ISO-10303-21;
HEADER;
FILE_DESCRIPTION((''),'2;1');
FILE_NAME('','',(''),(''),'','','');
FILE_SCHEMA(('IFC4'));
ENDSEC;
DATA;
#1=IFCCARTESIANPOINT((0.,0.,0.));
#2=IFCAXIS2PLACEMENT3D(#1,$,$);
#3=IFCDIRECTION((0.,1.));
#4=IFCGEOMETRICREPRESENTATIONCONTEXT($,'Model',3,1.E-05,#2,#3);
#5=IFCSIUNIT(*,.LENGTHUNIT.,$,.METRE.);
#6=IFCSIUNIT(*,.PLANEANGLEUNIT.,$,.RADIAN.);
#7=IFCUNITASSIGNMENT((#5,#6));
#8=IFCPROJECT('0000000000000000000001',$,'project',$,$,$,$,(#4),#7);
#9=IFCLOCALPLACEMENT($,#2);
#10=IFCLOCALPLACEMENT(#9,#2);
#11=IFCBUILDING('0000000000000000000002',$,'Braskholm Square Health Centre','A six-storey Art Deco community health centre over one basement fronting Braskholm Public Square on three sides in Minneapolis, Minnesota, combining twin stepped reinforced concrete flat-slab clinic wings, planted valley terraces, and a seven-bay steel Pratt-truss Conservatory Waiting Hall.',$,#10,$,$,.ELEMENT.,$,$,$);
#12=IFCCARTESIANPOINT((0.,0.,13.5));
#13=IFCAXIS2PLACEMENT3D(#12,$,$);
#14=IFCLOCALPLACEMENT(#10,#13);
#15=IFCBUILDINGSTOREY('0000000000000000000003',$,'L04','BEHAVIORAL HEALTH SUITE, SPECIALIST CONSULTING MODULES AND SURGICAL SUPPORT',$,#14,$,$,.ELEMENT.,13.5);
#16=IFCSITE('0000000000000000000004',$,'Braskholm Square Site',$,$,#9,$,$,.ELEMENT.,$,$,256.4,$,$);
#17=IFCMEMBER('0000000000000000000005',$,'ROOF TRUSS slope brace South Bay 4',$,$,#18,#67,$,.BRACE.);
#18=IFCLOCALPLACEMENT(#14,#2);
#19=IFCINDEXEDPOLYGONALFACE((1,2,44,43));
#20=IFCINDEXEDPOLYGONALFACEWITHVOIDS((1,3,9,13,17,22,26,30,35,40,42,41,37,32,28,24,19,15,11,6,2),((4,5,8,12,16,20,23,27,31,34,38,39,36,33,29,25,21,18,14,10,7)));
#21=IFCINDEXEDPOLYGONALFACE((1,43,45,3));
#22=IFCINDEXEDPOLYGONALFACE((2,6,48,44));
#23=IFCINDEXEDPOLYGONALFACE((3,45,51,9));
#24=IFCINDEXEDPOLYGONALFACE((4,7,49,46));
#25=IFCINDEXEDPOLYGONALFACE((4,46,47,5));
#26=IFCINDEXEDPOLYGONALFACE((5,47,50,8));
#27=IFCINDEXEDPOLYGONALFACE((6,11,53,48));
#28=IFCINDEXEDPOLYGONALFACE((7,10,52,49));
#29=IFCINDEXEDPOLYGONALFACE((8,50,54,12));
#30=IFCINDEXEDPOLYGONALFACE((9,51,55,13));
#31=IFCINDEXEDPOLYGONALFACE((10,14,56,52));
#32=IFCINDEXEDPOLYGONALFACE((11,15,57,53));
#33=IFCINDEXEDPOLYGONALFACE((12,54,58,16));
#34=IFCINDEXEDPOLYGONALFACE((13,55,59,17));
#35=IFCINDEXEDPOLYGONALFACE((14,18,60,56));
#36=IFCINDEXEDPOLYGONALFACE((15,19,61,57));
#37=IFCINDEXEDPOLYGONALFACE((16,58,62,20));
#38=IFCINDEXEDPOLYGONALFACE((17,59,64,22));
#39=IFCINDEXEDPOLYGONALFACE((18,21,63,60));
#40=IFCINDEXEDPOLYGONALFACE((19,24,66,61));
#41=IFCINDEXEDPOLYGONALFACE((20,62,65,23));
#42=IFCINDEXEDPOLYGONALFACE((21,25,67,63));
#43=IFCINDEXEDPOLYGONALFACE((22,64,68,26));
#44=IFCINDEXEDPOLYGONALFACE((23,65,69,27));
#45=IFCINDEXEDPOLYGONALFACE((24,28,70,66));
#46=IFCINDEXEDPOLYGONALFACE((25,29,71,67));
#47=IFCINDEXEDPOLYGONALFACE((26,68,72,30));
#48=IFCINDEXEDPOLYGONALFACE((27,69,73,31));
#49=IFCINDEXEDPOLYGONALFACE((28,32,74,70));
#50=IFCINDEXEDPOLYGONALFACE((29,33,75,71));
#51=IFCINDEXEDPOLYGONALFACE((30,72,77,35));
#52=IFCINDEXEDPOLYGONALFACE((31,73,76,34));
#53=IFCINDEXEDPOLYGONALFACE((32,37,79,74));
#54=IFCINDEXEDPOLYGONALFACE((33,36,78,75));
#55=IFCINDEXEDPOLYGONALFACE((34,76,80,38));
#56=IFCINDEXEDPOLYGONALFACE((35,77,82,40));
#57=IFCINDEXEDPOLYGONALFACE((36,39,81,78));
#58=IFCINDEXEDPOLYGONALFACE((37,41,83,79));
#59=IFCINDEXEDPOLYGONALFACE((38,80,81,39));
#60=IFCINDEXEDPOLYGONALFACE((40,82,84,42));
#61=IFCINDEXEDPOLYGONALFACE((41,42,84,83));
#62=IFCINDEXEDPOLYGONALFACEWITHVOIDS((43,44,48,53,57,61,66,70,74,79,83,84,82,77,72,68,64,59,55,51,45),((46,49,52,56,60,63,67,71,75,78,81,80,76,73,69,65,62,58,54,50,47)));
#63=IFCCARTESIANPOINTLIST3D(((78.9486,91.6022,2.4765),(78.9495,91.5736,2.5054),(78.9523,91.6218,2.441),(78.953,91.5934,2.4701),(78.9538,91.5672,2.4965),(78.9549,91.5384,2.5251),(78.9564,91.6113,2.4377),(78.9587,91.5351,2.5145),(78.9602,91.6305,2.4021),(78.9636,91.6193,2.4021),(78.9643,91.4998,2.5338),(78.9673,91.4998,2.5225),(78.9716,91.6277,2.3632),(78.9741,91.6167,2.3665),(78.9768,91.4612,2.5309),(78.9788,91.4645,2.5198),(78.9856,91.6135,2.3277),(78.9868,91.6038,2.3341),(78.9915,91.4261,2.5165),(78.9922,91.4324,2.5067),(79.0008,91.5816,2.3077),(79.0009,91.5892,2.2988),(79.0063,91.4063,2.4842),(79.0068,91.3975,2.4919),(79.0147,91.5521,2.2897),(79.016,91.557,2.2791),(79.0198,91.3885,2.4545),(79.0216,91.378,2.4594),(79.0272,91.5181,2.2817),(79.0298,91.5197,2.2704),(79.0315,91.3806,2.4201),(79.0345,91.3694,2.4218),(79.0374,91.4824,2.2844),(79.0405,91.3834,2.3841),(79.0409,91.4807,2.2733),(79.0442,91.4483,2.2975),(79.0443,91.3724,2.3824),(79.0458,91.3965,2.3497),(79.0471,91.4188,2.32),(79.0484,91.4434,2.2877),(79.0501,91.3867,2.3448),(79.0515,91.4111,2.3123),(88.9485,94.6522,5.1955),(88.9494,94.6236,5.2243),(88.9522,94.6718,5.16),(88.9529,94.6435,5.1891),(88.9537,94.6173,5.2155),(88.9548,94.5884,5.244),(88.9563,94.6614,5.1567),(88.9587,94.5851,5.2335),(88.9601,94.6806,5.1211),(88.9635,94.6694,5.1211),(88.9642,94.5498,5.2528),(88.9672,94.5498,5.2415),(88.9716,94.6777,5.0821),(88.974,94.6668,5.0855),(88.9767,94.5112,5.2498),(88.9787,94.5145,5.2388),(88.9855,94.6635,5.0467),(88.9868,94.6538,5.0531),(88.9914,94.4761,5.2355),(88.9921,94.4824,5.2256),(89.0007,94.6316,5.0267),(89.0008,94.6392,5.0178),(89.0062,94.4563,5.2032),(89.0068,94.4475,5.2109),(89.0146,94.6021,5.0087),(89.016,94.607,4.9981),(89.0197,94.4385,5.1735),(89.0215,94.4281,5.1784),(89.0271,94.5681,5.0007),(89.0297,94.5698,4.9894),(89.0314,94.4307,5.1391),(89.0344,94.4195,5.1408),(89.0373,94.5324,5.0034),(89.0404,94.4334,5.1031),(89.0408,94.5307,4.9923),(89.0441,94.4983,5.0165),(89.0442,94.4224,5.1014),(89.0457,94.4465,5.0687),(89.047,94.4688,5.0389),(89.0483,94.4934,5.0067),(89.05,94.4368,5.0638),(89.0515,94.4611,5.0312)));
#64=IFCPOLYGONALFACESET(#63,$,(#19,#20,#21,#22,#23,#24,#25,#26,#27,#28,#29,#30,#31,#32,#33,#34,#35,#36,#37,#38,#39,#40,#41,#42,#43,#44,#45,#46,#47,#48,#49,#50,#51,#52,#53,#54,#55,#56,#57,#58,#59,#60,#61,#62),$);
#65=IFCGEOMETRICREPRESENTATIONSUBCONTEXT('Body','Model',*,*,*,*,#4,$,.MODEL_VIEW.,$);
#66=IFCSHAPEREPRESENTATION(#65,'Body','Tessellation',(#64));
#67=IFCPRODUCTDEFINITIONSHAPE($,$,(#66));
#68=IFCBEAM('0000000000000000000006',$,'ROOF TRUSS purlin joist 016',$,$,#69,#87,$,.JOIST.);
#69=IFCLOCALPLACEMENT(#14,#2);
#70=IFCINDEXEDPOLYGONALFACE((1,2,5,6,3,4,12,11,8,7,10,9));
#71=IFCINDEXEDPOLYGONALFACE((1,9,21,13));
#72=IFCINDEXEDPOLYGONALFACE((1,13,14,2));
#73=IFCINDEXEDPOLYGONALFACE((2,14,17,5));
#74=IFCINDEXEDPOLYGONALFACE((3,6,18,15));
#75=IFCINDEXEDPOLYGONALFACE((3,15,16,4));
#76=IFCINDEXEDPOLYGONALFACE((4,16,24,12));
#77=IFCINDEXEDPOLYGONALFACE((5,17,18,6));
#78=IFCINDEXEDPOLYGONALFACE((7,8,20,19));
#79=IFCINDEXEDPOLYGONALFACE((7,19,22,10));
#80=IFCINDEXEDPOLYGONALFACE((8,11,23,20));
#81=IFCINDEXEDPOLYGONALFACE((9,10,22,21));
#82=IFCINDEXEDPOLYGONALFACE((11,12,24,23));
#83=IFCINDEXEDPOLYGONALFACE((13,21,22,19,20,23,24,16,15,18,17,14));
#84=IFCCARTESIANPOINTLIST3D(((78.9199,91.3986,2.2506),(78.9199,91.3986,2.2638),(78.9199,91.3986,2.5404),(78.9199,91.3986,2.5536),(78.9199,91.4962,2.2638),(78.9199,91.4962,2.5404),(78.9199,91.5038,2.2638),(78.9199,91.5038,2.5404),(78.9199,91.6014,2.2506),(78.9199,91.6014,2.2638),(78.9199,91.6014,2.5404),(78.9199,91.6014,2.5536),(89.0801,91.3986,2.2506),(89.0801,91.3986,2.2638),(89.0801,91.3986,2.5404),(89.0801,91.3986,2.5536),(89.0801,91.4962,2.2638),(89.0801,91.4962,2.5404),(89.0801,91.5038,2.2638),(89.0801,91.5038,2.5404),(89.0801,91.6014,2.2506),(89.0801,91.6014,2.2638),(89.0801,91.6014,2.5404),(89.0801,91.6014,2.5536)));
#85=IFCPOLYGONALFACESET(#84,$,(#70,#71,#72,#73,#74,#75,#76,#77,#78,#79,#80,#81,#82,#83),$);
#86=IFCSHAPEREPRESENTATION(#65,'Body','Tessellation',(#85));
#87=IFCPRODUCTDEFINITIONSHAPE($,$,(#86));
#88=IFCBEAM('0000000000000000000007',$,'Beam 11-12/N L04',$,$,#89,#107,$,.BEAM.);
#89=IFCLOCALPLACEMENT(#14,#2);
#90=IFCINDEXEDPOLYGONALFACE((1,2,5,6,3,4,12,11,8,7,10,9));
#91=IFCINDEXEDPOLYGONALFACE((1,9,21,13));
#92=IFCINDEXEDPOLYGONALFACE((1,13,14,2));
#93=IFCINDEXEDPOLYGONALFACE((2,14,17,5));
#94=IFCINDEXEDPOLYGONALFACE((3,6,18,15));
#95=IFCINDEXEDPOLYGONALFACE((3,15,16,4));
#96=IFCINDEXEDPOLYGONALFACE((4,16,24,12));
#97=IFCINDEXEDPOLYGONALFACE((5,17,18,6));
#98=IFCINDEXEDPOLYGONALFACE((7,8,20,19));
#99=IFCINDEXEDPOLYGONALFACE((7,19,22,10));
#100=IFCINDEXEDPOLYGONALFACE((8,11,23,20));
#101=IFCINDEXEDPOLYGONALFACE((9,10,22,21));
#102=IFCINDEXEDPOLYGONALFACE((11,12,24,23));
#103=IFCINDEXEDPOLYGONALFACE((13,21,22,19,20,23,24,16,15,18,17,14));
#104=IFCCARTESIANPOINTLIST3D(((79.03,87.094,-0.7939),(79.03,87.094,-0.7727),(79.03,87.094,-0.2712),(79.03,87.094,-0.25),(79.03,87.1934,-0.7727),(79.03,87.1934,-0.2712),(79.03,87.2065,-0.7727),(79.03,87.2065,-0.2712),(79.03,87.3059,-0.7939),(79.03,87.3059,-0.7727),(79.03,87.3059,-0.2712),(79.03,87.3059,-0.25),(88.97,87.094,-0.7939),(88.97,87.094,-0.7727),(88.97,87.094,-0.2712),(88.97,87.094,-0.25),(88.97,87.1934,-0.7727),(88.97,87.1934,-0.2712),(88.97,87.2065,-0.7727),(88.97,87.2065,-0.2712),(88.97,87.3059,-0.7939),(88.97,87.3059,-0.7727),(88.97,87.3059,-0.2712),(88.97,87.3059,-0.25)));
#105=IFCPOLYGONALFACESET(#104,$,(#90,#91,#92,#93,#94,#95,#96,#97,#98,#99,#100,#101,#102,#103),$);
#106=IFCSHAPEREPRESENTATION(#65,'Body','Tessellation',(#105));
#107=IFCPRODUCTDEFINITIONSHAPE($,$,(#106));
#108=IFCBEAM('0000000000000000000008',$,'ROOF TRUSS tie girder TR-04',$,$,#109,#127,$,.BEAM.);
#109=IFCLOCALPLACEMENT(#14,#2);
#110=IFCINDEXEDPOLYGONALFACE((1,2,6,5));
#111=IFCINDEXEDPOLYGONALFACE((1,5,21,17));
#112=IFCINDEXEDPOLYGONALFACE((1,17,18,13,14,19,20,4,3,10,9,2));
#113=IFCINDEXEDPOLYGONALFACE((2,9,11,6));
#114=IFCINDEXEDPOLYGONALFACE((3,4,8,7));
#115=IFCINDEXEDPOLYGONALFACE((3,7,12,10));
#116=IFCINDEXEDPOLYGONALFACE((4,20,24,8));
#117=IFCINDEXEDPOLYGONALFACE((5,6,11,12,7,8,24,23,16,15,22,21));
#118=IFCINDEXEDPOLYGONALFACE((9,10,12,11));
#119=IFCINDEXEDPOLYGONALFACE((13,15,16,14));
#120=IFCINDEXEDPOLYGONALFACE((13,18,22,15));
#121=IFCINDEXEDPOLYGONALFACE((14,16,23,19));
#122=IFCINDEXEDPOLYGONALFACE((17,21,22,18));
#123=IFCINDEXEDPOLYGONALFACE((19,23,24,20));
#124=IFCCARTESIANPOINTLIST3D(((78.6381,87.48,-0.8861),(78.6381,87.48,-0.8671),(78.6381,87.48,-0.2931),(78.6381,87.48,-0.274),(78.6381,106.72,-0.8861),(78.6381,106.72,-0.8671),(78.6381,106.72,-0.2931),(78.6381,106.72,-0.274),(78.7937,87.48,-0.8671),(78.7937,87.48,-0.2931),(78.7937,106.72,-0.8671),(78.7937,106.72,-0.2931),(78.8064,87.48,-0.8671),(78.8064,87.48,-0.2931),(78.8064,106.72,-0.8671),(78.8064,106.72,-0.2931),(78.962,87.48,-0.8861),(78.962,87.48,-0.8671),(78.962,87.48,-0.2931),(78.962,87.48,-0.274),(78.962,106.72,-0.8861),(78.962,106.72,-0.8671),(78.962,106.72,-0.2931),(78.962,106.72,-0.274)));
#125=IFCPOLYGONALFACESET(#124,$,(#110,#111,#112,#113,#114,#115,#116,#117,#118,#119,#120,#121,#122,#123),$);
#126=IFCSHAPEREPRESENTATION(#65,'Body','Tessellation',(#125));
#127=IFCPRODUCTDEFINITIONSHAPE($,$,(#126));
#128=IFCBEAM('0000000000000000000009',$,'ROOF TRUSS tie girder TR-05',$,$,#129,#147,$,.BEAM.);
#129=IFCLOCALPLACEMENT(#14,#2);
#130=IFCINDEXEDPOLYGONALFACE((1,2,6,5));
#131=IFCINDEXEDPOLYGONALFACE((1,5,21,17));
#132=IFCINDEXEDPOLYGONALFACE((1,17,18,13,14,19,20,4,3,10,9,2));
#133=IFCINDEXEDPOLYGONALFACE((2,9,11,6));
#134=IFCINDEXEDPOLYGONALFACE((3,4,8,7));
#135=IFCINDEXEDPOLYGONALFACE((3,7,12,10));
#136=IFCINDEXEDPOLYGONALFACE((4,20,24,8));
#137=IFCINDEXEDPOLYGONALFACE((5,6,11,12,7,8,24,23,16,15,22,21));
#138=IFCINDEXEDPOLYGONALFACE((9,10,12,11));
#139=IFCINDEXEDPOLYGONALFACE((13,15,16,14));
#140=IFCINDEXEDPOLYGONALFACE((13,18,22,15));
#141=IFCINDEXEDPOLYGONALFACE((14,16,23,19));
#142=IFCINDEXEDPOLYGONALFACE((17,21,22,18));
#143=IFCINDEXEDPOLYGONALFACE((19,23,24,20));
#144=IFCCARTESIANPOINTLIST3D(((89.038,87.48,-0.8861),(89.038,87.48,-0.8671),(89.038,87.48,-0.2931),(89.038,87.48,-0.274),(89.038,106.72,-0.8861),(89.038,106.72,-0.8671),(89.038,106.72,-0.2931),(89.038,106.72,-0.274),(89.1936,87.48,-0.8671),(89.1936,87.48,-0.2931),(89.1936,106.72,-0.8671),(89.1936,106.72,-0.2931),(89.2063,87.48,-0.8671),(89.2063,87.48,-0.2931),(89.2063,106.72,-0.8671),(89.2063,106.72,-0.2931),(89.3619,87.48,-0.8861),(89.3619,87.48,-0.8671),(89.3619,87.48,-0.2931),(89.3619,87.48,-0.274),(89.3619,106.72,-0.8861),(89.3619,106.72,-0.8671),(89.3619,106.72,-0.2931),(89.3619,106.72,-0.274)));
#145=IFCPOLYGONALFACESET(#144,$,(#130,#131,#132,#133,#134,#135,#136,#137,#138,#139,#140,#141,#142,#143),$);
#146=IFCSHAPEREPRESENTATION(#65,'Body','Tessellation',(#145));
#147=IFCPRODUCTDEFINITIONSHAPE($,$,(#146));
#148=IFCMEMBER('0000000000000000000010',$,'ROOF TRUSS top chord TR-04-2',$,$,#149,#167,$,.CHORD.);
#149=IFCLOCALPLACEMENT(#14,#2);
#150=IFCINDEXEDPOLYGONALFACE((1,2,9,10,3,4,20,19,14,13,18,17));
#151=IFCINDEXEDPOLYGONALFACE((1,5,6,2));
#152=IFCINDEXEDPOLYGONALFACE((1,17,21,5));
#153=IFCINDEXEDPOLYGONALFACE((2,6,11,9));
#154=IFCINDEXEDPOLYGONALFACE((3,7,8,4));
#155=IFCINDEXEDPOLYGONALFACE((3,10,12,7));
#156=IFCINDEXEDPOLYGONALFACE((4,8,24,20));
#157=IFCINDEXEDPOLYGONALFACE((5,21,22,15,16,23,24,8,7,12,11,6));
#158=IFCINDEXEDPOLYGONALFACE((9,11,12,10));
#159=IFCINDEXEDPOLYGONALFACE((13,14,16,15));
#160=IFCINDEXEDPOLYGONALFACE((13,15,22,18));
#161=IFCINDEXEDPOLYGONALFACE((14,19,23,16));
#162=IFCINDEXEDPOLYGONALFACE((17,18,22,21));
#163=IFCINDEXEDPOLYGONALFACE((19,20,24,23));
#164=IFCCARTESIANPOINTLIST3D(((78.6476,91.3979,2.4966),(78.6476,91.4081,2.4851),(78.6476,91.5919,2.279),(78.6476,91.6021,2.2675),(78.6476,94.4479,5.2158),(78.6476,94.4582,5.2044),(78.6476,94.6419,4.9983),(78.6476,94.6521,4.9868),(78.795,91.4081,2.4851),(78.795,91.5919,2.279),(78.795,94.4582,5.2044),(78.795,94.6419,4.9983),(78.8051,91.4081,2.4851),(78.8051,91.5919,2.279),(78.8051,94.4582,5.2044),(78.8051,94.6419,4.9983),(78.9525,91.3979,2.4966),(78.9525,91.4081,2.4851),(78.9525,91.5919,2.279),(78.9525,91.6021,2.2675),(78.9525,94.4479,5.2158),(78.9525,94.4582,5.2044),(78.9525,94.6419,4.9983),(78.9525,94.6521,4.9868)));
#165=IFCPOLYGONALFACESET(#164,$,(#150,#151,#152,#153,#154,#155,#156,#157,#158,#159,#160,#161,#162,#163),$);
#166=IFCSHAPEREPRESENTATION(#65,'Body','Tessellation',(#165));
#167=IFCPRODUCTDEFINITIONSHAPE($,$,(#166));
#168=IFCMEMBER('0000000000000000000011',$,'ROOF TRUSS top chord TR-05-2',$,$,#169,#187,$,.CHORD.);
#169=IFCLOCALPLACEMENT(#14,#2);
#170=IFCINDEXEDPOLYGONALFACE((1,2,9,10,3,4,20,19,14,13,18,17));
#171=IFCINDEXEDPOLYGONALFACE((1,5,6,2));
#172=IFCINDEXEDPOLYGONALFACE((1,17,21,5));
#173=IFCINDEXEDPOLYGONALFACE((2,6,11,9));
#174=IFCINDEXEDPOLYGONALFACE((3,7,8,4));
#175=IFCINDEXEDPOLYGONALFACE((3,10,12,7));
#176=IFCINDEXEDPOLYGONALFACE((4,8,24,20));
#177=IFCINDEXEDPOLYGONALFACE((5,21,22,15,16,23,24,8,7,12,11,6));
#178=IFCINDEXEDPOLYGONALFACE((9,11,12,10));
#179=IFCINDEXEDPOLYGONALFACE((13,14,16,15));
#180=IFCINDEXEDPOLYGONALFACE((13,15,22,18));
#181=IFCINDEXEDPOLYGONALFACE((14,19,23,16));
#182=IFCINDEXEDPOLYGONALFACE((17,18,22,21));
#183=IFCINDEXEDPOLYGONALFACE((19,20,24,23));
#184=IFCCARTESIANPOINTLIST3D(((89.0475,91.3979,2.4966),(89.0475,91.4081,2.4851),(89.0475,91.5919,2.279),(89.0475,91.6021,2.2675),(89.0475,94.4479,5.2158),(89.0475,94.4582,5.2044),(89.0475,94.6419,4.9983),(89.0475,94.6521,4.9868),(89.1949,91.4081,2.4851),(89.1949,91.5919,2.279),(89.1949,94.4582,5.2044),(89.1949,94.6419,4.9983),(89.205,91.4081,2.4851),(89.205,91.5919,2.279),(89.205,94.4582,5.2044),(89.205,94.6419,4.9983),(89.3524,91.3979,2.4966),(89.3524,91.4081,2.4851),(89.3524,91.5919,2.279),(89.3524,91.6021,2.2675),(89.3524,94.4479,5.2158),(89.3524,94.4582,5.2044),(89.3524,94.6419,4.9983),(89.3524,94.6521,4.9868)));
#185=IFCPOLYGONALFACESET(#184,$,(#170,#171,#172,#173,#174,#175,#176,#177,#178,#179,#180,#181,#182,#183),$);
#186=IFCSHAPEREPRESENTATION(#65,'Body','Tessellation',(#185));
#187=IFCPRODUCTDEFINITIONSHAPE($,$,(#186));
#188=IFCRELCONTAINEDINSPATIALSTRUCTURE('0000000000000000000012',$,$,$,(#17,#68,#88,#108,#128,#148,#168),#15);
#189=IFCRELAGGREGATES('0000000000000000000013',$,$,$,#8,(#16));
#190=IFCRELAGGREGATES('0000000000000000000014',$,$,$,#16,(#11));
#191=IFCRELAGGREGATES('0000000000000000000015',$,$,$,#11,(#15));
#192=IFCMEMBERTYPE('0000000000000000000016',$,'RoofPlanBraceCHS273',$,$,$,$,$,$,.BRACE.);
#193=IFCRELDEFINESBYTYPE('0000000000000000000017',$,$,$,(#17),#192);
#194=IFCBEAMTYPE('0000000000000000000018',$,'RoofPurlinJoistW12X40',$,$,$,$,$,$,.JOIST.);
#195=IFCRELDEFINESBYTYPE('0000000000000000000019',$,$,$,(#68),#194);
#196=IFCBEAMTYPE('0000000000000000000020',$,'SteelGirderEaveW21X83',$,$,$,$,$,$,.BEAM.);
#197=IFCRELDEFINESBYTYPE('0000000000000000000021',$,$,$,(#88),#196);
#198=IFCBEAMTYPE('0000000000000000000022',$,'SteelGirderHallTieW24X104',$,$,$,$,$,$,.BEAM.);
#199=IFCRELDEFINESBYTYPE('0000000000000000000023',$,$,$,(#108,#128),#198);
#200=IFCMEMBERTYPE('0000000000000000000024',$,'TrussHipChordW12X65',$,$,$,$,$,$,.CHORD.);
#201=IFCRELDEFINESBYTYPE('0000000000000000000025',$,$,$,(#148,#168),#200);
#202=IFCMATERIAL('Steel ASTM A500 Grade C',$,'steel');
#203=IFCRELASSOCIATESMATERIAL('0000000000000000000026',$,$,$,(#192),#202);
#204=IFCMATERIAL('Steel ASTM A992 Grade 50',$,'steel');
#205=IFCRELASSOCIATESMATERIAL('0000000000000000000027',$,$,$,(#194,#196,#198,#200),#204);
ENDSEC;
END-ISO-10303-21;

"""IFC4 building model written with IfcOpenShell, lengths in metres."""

from ifc_helpers import new_model, si_unit, direction, frame, origin, origin_2d, place, context, subcontext, project, spatial, hollow_circle, i_section, extrude, material, material_profile, profile_set, type_object, element, save


model = new_model("IFC4")

# Units and contexts
model_context = context("Model", 3, precision=1e-05, world=origin(), true_north=direction((0.0, 1.0)))
body_context = subcontext(model_context, "Body", "Model", "MODEL_VIEW")
ifc_project = project(units=[si_unit("LENGTHUNIT", "METRE"), si_unit("PLANEANGLEUNIT", "RADIAN")], contexts=[model_context])

# Site, building, storey
site_placement = place(None, origin())
site = spatial("IfcSite", under=ifc_project, at=site_placement, Name="Braskholm Square Site", CompositionType="ELEMENT", RefElevation=256.4)
building_placement = place(site_placement, origin())
building = spatial("IfcBuilding", under=site, at=building_placement, Name="Braskholm Square Health Centre", Description="A six-storey Art Deco community health centre over one basement fronting Braskholm Public Square on three sides in Minneapolis, Minnesota, combining twin stepped reinforced concrete flat-slab clinic wings, planted valley terraces, and a seven-bay steel Pratt-truss Conservatory Waiting Hall.", CompositionType="ELEMENT")
storey_placement = place(building_placement, frame((0.0, 0.0, 13.5)))
storey = spatial("IfcBuildingStorey", under=building, at=storey_placement, Name="L04", Description="BEHAVIORAL HEALTH SUITE, SPECIALIST CONSULTING MODULES AND SURGICAL SUPPORT", CompositionType="ELEMENT", Elevation=13.5)

# Member
ifc_material_1 = material(Name="Steel ASTM A500 Grade C", Category="steel")
ifc_material_profile_1 = material_profile(ifc_material_1, hollow_circle(Radius=0.1365, WallThickness=0.0117, at=origin_2d()), Name="HSS10.750X0.500")
ifc_profile_set_1 = profile_set([ifc_material_profile_1], Name="Steel ASTM A500 Grade C")
member_type_1 = type_object("IfcMemberType", Name="RoofPlanBraceCHS273", PredefinedType="BRACE", material=ifc_profile_set_1)
member_placement = place(storey_placement, frame((79.0, 91.5, 2.4021), z_axis=(0.925705, 0.282344, 0.251699), x_axis=(-0.291737, 0.956499, 0.0)))
element("IfcMember", 1, at=member_placement, inside=storey, type_object=member_type_1, Name="ROOF TRUSS slope brace South Bay 4", PredefinedType="BRACE", context=body_context, shape_type="SweptSolid", body=[
    extrude(hollow_circle(Radius=0.1365, WallThickness=0.0117, at=origin_2d()), origin(), (0.0, 0.0, 1.0), 10.8025),
])

# Beams
ifc_material_2 = material(Name="Steel ASTM A992 Grade 50", Category="steel")
ifc_material_profile_2 = material_profile(ifc_material_2, i_section(OverallWidth=0.2029, OverallDepth=0.303, WebThickness=0.0076, FlangeThickness=0.0132, at=origin_2d()), Name="W12X40")
ifc_profile_set_2 = profile_set([ifc_material_profile_2], Name="Steel ASTM A992 Grade 50")
beam_type_1 = type_object("IfcBeamType", Name="RoofPurlinJoistW12X40", PredefinedType="JOIST", material=ifc_profile_set_2)
beam_1_placement = place(storey_placement, frame((78.9199, 91.5, 2.4021), z_axis=(1.0, 0.0, 0.0), x_axis=(0.0, 1.0, 0.0)))
element("IfcBeam", 2, at=beam_1_placement, inside=storey, type_object=beam_type_1, Name="ROOF TRUSS purlin joist 016", PredefinedType="JOIST", context=body_context, shape_type="SweptSolid", body=[
    extrude(i_section(OverallWidth=0.2029, OverallDepth=0.303, WebThickness=0.0076, FlangeThickness=0.0132, at=origin_2d()), origin(), (0.0, 0.0, 1.0), 10.1602),
])
ifc_material_profile_3 = material_profile(ifc_material_2, i_section(OverallWidth=0.2119, OverallDepth=0.5439, WebThickness=0.0132, FlangeThickness=0.0212, at=origin_2d()), Name="W21X83")
ifc_profile_set_3 = profile_set([ifc_material_profile_3], Name="Steel ASTM A992 Grade 50")
beam_type_2 = type_object("IfcBeamType", Name="SteelGirderEaveW21X83", PredefinedType="BEAM", material=ifc_profile_set_3)
beam_2_placement = place(storey_placement, frame((79.03, 87.2, -0.522), z_axis=(1.0, 0.0, 0.0), x_axis=(0.0, 1.0, 0.0)))
element("IfcBeam", 3, at=beam_2_placement, inside=storey, type_object=beam_type_2, Name="Beam 11-12/N L04", PredefinedType="BEAM", context=body_context, shape_type="SweptSolid", body=[
    extrude(i_section(OverallWidth=0.2119, OverallDepth=0.5439, WebThickness=0.0132, FlangeThickness=0.0212, at=origin_2d()), origin(), (0.0, 0.0, 1.0), 9.9399),
])
ifc_material_profile_4 = material_profile(ifc_material_2, i_section(OverallWidth=0.324, OverallDepth=0.6121, WebThickness=0.0127, FlangeThickness=0.019, at=origin_2d()), Name="W24X104")
ifc_profile_set_4 = profile_set([ifc_material_profile_4], Name="Steel ASTM A992 Grade 50")
beam_type_3 = type_object("IfcBeamType", Name="SteelGirderHallTieW24X104", PredefinedType="BEAM", material=ifc_profile_set_4)
for number, where, z_axis, x_axis, name in (
    (4, (78.8, 87.48, -0.5801), (0.0, 1.0, 0.0), (-1.0, 0.0, 0.0), "ROOF TRUSS tie girder TR-04"),
    (5, (89.2, 87.48, -0.5801), (0.0, 1.0, 0.0), (-1.0, 0.0, 0.0), "ROOF TRUSS tie girder TR-05"),
):
    element("IfcBeam", number, at=place(storey_placement, frame(where, z_axis=z_axis, x_axis=x_axis)), inside=storey, type_object=beam_type_3, Name=name, PredefinedType="BEAM", context=body_context, shape_type="SweptSolid", body=[
        extrude(i_section(OverallWidth=0.324, OverallDepth=0.6121, WebThickness=0.0127, FlangeThickness=0.019, at=origin_2d()), origin(), (0.0, 0.0, 1.0), 19.24),
    ])

# Members
ifc_material_profile_5 = material_profile(ifc_material_2, i_section(OverallWidth=0.3049, OverallDepth=0.3069, WebThickness=0.01, FlangeThickness=0.0154, at=origin_2d()), Name="W12X65")
ifc_profile_set_5 = profile_set([ifc_material_profile_5], Name="Steel ASTM A992 Grade 50")
member_type_2 = type_object("IfcMemberType", Name="TrussHipChordW12X65", PredefinedType="CHORD", material=ifc_profile_set_5)
for number, where, z_axis, x_axis, name in (
    (6, (78.8, 91.5, 2.3821), (0.0, 0.746426, 0.665468), (-1.0, 0.0, 0.0), "ROOF TRUSS top chord TR-04-2"),
    (7, (89.2, 91.5, 2.3821), (0.0, 0.746426, 0.665468), (-1.0, 0.0, 0.0), "ROOF TRUSS top chord TR-05-2"),
):
    element("IfcMember", number, at=place(storey_placement, frame(where, z_axis=z_axis, x_axis=x_axis)), inside=storey, type_object=member_type_2, Name=name, PredefinedType="CHORD", context=body_context, shape_type="SweptSolid", body=[
        extrude(i_section(OverallWidth=0.3049, OverallDepth=0.3069, WebThickness=0.01, FlangeThickness=0.0154, at=origin_2d()), origin(), (0.0, 0.0, 1.0), 4.0862),
    ])

save(model, "model.ifc")
